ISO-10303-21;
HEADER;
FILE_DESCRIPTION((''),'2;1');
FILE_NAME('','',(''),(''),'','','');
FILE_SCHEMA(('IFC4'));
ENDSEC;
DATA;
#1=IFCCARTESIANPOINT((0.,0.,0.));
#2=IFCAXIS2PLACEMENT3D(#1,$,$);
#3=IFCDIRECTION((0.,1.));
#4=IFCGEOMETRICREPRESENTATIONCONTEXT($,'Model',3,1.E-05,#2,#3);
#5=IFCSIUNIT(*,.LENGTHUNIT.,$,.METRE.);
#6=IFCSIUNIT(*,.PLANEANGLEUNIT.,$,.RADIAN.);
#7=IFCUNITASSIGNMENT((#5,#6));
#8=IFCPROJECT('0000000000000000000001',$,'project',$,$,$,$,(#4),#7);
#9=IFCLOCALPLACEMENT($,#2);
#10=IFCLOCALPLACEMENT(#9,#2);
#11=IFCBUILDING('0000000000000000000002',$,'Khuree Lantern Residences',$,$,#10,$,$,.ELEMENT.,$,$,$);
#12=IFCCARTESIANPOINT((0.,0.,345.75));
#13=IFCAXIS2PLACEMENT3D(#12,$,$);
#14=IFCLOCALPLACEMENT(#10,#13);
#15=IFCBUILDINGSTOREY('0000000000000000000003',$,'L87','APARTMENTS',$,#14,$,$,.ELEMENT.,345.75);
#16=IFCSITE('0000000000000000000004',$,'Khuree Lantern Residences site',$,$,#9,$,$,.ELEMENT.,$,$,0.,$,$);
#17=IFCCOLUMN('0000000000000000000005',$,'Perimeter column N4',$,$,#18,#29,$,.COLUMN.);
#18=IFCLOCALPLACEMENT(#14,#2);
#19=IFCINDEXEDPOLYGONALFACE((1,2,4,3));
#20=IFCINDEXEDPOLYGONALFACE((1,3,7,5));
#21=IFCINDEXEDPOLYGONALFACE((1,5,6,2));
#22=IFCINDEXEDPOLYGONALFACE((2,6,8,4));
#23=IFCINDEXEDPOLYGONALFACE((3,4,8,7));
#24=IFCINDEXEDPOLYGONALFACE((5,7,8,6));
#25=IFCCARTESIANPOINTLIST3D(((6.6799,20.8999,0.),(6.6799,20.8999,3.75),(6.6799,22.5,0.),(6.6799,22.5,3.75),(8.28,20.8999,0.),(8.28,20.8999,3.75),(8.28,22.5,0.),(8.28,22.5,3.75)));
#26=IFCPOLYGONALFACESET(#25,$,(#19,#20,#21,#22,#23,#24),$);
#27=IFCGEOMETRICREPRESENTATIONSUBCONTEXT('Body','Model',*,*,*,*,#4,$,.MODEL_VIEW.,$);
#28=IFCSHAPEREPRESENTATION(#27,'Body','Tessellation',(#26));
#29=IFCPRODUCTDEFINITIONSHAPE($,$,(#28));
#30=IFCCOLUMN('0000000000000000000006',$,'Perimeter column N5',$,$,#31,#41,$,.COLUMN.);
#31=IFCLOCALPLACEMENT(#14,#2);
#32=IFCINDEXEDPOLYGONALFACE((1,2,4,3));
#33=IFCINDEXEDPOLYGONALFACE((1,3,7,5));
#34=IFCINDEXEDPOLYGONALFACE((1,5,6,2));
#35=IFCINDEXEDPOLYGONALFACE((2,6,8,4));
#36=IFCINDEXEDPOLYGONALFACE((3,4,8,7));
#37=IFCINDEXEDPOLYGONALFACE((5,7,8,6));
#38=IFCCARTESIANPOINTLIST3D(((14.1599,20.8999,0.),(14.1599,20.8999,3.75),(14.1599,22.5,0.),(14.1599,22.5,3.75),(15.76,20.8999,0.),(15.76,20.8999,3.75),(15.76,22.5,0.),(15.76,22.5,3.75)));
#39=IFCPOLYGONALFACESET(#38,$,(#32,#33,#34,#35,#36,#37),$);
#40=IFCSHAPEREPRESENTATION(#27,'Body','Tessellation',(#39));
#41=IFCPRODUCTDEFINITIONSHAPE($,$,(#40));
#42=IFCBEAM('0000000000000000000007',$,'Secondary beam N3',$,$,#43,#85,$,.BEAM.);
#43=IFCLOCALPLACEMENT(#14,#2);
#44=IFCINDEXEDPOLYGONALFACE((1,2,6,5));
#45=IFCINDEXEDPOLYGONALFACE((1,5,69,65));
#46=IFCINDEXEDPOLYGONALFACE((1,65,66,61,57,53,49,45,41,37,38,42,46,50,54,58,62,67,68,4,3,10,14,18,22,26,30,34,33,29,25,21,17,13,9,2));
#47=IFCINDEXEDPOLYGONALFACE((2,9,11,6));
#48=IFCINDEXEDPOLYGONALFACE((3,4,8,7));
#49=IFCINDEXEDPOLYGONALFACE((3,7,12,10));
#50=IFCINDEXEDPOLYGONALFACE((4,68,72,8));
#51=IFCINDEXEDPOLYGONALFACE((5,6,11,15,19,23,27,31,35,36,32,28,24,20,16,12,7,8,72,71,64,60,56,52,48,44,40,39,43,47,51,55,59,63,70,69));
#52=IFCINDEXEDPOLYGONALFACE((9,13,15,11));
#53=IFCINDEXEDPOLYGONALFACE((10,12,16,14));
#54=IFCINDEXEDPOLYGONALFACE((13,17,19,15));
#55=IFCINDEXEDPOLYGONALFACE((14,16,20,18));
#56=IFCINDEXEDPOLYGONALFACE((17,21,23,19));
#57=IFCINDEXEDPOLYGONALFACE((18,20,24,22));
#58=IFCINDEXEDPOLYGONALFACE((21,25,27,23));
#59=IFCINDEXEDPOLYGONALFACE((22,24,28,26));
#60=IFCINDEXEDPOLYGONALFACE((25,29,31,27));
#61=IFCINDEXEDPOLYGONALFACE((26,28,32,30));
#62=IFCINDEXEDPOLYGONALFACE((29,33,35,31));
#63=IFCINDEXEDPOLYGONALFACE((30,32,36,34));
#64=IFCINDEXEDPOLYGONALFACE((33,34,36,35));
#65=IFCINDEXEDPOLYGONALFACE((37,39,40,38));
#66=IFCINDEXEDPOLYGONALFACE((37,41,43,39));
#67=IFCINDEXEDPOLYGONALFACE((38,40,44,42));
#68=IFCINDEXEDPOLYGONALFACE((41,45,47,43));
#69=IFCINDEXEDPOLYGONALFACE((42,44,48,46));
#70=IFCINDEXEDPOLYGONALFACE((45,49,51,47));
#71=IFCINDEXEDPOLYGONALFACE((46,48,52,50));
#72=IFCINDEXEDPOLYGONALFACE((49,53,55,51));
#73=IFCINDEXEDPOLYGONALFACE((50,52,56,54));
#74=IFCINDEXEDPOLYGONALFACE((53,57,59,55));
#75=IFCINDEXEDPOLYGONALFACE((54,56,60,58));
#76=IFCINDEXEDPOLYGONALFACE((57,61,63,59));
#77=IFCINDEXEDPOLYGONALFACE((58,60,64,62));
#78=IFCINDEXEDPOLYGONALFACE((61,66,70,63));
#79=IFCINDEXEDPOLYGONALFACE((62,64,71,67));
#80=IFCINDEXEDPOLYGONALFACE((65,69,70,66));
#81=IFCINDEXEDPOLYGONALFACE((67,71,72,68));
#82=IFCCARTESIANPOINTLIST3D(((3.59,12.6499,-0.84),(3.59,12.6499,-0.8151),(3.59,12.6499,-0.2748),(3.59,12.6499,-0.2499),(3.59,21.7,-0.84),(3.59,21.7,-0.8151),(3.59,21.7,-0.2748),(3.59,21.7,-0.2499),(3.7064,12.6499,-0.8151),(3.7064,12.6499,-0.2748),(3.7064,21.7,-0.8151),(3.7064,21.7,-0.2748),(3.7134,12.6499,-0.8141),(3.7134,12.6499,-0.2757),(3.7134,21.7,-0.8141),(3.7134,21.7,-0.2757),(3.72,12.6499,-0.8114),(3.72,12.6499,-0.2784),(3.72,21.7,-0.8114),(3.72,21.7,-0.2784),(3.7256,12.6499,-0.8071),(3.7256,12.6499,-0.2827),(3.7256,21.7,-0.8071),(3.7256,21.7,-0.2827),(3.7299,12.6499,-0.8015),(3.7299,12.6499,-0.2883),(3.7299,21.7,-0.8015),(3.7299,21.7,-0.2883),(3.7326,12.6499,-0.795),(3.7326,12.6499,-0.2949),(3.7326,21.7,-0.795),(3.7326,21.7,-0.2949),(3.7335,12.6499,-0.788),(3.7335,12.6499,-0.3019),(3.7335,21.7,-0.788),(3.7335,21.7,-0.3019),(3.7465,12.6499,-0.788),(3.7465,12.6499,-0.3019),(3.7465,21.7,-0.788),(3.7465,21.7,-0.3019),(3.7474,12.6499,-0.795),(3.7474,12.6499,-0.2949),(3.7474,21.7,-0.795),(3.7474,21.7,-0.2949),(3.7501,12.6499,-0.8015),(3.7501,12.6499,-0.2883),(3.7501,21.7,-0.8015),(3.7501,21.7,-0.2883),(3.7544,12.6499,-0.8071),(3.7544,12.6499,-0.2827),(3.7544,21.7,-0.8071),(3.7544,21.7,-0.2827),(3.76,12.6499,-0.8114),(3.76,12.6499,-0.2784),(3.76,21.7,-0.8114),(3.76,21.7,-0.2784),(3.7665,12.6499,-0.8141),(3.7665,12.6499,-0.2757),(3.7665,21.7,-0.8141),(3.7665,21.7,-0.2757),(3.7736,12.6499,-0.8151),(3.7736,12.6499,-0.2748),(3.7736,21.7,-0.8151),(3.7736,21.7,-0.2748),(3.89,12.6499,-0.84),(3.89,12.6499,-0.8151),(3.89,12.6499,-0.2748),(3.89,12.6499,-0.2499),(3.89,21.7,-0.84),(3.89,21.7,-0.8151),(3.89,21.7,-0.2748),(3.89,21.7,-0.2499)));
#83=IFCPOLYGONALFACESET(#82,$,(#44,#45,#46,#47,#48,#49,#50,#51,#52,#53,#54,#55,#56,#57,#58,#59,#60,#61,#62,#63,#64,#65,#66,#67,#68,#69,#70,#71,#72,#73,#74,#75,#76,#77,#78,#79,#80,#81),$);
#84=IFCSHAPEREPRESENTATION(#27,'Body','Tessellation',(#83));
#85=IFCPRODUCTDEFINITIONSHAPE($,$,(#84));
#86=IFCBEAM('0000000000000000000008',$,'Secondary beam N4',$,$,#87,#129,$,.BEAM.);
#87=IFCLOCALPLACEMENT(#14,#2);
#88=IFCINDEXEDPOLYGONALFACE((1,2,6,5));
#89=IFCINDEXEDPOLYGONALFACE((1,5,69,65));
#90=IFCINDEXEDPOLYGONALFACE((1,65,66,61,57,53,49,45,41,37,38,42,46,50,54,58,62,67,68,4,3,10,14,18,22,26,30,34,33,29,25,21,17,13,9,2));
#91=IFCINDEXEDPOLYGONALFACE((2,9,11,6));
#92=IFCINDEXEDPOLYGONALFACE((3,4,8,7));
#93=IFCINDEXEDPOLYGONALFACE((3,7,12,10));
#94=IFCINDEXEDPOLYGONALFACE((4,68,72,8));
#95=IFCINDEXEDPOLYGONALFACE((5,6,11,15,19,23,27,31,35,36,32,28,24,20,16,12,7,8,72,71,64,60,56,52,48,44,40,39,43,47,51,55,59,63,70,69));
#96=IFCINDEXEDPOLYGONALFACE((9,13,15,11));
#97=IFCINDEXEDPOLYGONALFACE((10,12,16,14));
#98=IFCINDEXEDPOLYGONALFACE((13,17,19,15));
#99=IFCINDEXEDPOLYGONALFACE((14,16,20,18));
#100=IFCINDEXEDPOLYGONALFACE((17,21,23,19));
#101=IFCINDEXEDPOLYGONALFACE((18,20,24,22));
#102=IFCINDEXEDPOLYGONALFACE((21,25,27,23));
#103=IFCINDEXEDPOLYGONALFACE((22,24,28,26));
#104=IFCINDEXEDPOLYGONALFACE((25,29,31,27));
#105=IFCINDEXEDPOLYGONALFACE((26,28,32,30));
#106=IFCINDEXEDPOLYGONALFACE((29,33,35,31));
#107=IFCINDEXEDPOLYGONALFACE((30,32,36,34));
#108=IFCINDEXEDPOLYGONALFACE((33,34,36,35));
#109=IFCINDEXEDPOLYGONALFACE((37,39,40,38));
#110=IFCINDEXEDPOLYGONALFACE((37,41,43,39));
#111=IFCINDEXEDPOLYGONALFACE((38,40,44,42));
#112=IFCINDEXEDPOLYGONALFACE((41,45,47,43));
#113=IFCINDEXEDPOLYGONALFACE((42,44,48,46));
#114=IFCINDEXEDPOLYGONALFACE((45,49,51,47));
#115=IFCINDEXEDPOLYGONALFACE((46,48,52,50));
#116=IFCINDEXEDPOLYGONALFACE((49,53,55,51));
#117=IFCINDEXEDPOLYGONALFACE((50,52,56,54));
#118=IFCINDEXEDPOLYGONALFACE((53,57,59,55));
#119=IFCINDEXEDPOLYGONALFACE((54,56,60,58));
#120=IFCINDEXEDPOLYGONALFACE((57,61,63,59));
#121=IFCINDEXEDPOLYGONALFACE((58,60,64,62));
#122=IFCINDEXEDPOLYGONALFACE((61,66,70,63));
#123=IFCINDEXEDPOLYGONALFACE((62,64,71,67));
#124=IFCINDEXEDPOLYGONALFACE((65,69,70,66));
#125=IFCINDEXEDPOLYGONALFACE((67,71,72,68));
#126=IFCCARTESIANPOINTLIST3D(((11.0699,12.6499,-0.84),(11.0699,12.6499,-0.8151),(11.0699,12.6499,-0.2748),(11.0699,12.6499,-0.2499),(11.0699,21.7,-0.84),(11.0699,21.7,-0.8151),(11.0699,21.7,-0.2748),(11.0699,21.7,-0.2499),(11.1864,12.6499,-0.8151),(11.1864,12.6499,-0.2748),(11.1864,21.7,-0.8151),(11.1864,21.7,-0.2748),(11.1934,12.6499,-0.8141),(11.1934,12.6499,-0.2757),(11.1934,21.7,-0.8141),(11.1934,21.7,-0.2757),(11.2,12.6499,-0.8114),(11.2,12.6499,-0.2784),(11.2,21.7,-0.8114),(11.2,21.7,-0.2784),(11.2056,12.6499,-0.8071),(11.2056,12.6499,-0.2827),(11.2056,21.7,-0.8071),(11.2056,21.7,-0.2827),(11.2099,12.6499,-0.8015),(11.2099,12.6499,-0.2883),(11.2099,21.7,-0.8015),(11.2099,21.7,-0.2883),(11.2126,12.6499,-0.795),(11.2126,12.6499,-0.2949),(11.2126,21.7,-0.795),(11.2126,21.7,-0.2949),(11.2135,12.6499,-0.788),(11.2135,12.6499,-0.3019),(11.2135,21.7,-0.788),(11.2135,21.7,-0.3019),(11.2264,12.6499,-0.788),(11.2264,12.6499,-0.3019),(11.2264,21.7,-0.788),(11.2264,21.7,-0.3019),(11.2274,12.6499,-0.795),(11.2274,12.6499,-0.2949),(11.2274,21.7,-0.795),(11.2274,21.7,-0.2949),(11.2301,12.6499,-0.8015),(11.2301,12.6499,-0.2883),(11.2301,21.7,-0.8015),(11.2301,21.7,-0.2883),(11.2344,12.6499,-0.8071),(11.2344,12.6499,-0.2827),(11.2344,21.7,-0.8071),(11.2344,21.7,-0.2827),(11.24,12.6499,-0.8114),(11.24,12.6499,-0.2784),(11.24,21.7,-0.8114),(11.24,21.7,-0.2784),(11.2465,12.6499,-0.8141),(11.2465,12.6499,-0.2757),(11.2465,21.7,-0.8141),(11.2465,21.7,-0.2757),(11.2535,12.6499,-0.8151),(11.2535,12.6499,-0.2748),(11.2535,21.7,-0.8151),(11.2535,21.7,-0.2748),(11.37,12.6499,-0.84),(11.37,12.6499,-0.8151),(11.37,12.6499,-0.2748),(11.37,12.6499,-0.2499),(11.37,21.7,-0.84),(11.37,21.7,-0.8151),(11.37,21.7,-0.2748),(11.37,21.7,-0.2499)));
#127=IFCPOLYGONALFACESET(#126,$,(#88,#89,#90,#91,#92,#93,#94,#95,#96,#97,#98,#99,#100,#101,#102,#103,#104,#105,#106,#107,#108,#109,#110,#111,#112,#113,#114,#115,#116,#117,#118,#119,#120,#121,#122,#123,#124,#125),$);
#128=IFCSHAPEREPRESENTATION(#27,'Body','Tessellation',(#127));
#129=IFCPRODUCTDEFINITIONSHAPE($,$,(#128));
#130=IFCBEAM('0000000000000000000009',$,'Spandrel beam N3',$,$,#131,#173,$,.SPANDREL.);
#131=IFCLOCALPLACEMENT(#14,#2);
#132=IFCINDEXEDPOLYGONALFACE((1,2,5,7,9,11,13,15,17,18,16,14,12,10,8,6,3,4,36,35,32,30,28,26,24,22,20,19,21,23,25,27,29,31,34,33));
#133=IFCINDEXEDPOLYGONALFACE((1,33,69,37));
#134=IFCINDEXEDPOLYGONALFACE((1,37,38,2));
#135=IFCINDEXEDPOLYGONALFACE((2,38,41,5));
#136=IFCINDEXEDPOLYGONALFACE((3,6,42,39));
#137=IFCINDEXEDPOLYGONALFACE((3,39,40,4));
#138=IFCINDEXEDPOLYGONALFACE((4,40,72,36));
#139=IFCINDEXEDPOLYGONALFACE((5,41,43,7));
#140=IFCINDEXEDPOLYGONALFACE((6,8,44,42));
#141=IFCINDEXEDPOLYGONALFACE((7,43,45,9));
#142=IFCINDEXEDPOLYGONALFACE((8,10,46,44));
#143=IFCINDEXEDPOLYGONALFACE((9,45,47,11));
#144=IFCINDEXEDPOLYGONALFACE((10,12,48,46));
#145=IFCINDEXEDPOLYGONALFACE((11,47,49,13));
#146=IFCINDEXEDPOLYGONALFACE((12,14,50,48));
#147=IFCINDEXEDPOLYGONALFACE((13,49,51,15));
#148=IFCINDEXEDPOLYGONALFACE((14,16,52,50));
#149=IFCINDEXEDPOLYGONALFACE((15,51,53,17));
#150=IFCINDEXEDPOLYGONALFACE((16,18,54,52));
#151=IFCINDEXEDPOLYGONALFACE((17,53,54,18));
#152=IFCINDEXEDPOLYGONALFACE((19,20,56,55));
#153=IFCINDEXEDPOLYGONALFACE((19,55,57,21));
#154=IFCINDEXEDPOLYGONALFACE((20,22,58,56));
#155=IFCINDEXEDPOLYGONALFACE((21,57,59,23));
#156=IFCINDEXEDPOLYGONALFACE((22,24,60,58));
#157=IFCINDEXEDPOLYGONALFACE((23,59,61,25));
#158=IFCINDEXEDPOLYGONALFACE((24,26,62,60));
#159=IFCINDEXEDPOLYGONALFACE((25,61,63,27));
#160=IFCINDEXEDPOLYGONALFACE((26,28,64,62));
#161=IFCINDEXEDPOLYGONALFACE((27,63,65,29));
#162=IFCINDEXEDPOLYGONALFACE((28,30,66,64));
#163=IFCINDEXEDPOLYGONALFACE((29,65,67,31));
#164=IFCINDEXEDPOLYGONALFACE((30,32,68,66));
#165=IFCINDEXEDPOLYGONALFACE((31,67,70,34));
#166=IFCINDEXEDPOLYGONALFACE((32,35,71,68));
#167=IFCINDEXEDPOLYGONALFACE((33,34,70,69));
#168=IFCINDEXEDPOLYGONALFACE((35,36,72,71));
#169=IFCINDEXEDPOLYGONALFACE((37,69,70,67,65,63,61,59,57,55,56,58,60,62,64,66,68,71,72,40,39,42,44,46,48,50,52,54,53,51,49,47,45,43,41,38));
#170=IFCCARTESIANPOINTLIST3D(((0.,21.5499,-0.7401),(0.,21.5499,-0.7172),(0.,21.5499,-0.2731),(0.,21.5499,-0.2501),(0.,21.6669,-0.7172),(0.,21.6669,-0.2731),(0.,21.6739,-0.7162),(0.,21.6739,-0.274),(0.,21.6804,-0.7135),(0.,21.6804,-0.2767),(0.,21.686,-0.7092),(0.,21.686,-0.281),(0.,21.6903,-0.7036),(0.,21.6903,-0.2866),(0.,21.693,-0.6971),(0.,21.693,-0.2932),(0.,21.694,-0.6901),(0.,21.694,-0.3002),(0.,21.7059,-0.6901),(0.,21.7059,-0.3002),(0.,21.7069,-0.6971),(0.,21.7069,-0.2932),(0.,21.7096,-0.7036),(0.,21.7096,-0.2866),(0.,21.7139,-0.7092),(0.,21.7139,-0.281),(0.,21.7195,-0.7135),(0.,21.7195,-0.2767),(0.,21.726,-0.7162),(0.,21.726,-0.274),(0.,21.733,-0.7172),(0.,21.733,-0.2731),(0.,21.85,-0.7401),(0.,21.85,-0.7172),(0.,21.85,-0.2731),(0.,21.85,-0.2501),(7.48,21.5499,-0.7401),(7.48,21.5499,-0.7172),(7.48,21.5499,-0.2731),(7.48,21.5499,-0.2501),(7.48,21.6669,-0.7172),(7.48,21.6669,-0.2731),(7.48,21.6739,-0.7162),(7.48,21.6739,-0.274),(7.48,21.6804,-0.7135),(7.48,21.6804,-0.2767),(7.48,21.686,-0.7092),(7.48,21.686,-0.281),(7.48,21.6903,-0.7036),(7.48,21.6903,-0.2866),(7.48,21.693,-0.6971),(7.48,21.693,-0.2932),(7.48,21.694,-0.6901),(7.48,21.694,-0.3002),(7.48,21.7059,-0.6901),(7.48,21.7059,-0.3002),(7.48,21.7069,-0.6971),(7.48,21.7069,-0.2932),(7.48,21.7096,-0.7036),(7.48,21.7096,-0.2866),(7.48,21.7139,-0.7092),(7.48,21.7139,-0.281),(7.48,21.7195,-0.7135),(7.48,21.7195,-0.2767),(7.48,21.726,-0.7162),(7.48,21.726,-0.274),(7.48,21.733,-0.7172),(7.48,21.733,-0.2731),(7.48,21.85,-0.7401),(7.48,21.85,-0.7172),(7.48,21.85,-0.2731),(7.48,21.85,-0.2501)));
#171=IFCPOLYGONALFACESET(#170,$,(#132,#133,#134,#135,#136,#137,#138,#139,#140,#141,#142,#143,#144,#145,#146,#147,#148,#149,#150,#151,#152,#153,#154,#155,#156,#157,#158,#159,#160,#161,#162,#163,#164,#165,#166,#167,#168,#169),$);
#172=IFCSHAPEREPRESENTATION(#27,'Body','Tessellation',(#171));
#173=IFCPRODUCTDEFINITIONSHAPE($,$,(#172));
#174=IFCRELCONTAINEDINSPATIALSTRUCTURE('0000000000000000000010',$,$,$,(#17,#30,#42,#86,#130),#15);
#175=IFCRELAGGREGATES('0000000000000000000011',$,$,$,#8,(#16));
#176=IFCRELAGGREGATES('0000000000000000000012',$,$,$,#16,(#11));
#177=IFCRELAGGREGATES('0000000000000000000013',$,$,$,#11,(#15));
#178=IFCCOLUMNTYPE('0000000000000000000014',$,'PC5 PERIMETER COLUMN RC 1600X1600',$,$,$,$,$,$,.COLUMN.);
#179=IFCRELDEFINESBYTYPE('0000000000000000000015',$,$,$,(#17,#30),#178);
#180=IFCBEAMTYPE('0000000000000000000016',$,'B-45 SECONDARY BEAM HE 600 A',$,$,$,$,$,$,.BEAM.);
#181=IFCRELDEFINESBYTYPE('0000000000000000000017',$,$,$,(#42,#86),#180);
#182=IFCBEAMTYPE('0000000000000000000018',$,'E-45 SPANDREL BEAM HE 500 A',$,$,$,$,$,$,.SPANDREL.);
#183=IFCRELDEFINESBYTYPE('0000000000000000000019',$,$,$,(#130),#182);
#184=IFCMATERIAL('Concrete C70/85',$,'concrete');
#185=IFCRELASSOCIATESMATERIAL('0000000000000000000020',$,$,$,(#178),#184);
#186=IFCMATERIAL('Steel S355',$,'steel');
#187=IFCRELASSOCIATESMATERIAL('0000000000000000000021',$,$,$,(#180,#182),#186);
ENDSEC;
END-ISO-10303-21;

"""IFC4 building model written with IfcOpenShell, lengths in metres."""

from ifc_helpers import new_model, si_unit, direction, frame, origin, origin_2d, place, context, subcontext, project, spatial, rectangle, i_section, extrude, material, material_profile, profile_set, type_object, element, save


model = new_model("IFC4")

# Units and contexts
model_context = context("Model", 3, precision=1e-05, world=origin(), true_north=direction((0.0, 1.0)))
body_context = subcontext(model_context, "Body", "Model", "MODEL_VIEW")
ifc_project = project(units=[si_unit("LENGTHUNIT", "METRE"), si_unit("PLANEANGLEUNIT", "RADIAN")], contexts=[model_context])

# Site, building, storey
site_placement = place(None, origin())
site = spatial("IfcSite", under=ifc_project, at=site_placement, Name="Khuree Lantern Residences site", CompositionType="ELEMENT", RefElevation=0.0)
building_placement = place(site_placement, origin())
building = spatial("IfcBuilding", under=site, at=building_placement, Name="Khuree Lantern Residences", CompositionType="ELEMENT")
storey_placement = place(building_placement, frame((0.0, 0.0, 345.75)))
storey = spatial("IfcBuildingStorey", under=building, at=storey_placement, Name="L87", Description="APARTMENTS", CompositionType="ELEMENT", Elevation=345.75)

# Columns
ifc_material_1 = material(Name="Concrete C70/85", Category="concrete")
ifc_material_profile_1 = material_profile(ifc_material_1, rectangle(XDim=1.6001, YDim=1.6001, at=origin_2d()), Name="RC 1600X1600")
ifc_profile_set_1 = profile_set([ifc_material_profile_1], Name="Concrete C70/85")
column_type = type_object("IfcColumnType", Name="PC5 PERIMETER COLUMN RC 1600X1600", PredefinedType="COLUMN", material=ifc_profile_set_1)
for number, where, z_axis, x_axis, name in (
    (1, (7.48, 21.7, 0.0), (0.0, 0.0, 1.0), (1.0, 0.0, 0.0), "Perimeter column N4"),
    (2, (14.96, 21.7, 0.0), (0.0, 0.0, 1.0), (1.0, 0.0, 0.0), "Perimeter column N5"),
):
    element("IfcColumn", number, at=place(storey_placement, frame(where, z_axis=z_axis, x_axis=x_axis)), inside=storey, type_object=column_type, Name=name, PredefinedType="COLUMN", context=body_context, shape_type="SweptSolid", body=[
        extrude(rectangle(XDim=1.6001, YDim=1.6001, at=origin_2d()), origin(), (0.0, 0.0, 1.0), 3.75),
    ])

# Beams
ifc_material_2 = material(Name="Steel S355", Category="steel")
ifc_material_profile_2 = material_profile(ifc_material_2, i_section(OverallWidth=0.3, OverallDepth=0.5901, WebThickness=0.0129, FlangeThickness=0.0249, FilletRadius=0.0271, at=origin_2d()), Name="HE 600 A")
ifc_profile_set_2 = profile_set([ifc_material_profile_2], Name="Steel S355")
beam_type_1 = type_object("IfcBeamType", Name="B-45 SECONDARY BEAM HE 600 A", PredefinedType="BEAM", material=ifc_profile_set_2)
for number, where, z_axis, x_axis, name in (
    (3, (3.74, 21.7, -0.5449), (0.0, -1.0, 0.0), (1.0, 0.0, 0.0), "Secondary beam N3"),
    (4, (11.22, 21.7, -0.5449), (0.0, -1.0, 0.0), (1.0, 0.0, 0.0), "Secondary beam N4"),
):
    element("IfcBeam", number, at=place(storey_placement, frame(where, z_axis=z_axis, x_axis=x_axis)), inside=storey, type_object=beam_type_1, Name=name, PredefinedType="BEAM", context=body_context, shape_type="SweptSolid", body=[
        extrude(i_section(OverallWidth=0.3, OverallDepth=0.5901, WebThickness=0.0129, FlangeThickness=0.0249, FilletRadius=0.0271, at=origin_2d()), origin(), (0.0, 0.0, 1.0), 9.05),
    ])
ifc_material_profile_3 = material_profile(ifc_material_2, i_section(OverallWidth=0.3, OverallDepth=0.49, WebThickness=0.012, FlangeThickness=0.0229, FilletRadius=0.0271, at=origin_2d()), Name="HE 500 A")
ifc_profile_set_3 = profile_set([ifc_material_profile_3], Name="Steel S355")
beam_type_2 = type_object("IfcBeamType", Name="E-45 SPANDREL BEAM HE 500 A", PredefinedType="SPANDREL", material=ifc_profile_set_3)
for number, where, z_axis, x_axis, name in (
    (5, (0.0, 21.7, -0.4951), (1.0, 0.0, 0.0), (0.0, 1.0, 0.0), "Spandrel beam N3"),
):
    element("IfcBeam", number, at=place(storey_placement, frame(where, z_axis=z_axis, x_axis=x_axis)), inside=storey, type_object=beam_type_2, Name=name, PredefinedType="SPANDREL", context=body_context, shape_type="SweptSolid", body=[
        extrude(i_section(OverallWidth=0.3, OverallDepth=0.49, WebThickness=0.012, FlangeThickness=0.0229, FilletRadius=0.0271, at=origin_2d()), origin(), (0.0, 0.0, 1.0), 7.48),
    ])

save(model, "model.ifc")
